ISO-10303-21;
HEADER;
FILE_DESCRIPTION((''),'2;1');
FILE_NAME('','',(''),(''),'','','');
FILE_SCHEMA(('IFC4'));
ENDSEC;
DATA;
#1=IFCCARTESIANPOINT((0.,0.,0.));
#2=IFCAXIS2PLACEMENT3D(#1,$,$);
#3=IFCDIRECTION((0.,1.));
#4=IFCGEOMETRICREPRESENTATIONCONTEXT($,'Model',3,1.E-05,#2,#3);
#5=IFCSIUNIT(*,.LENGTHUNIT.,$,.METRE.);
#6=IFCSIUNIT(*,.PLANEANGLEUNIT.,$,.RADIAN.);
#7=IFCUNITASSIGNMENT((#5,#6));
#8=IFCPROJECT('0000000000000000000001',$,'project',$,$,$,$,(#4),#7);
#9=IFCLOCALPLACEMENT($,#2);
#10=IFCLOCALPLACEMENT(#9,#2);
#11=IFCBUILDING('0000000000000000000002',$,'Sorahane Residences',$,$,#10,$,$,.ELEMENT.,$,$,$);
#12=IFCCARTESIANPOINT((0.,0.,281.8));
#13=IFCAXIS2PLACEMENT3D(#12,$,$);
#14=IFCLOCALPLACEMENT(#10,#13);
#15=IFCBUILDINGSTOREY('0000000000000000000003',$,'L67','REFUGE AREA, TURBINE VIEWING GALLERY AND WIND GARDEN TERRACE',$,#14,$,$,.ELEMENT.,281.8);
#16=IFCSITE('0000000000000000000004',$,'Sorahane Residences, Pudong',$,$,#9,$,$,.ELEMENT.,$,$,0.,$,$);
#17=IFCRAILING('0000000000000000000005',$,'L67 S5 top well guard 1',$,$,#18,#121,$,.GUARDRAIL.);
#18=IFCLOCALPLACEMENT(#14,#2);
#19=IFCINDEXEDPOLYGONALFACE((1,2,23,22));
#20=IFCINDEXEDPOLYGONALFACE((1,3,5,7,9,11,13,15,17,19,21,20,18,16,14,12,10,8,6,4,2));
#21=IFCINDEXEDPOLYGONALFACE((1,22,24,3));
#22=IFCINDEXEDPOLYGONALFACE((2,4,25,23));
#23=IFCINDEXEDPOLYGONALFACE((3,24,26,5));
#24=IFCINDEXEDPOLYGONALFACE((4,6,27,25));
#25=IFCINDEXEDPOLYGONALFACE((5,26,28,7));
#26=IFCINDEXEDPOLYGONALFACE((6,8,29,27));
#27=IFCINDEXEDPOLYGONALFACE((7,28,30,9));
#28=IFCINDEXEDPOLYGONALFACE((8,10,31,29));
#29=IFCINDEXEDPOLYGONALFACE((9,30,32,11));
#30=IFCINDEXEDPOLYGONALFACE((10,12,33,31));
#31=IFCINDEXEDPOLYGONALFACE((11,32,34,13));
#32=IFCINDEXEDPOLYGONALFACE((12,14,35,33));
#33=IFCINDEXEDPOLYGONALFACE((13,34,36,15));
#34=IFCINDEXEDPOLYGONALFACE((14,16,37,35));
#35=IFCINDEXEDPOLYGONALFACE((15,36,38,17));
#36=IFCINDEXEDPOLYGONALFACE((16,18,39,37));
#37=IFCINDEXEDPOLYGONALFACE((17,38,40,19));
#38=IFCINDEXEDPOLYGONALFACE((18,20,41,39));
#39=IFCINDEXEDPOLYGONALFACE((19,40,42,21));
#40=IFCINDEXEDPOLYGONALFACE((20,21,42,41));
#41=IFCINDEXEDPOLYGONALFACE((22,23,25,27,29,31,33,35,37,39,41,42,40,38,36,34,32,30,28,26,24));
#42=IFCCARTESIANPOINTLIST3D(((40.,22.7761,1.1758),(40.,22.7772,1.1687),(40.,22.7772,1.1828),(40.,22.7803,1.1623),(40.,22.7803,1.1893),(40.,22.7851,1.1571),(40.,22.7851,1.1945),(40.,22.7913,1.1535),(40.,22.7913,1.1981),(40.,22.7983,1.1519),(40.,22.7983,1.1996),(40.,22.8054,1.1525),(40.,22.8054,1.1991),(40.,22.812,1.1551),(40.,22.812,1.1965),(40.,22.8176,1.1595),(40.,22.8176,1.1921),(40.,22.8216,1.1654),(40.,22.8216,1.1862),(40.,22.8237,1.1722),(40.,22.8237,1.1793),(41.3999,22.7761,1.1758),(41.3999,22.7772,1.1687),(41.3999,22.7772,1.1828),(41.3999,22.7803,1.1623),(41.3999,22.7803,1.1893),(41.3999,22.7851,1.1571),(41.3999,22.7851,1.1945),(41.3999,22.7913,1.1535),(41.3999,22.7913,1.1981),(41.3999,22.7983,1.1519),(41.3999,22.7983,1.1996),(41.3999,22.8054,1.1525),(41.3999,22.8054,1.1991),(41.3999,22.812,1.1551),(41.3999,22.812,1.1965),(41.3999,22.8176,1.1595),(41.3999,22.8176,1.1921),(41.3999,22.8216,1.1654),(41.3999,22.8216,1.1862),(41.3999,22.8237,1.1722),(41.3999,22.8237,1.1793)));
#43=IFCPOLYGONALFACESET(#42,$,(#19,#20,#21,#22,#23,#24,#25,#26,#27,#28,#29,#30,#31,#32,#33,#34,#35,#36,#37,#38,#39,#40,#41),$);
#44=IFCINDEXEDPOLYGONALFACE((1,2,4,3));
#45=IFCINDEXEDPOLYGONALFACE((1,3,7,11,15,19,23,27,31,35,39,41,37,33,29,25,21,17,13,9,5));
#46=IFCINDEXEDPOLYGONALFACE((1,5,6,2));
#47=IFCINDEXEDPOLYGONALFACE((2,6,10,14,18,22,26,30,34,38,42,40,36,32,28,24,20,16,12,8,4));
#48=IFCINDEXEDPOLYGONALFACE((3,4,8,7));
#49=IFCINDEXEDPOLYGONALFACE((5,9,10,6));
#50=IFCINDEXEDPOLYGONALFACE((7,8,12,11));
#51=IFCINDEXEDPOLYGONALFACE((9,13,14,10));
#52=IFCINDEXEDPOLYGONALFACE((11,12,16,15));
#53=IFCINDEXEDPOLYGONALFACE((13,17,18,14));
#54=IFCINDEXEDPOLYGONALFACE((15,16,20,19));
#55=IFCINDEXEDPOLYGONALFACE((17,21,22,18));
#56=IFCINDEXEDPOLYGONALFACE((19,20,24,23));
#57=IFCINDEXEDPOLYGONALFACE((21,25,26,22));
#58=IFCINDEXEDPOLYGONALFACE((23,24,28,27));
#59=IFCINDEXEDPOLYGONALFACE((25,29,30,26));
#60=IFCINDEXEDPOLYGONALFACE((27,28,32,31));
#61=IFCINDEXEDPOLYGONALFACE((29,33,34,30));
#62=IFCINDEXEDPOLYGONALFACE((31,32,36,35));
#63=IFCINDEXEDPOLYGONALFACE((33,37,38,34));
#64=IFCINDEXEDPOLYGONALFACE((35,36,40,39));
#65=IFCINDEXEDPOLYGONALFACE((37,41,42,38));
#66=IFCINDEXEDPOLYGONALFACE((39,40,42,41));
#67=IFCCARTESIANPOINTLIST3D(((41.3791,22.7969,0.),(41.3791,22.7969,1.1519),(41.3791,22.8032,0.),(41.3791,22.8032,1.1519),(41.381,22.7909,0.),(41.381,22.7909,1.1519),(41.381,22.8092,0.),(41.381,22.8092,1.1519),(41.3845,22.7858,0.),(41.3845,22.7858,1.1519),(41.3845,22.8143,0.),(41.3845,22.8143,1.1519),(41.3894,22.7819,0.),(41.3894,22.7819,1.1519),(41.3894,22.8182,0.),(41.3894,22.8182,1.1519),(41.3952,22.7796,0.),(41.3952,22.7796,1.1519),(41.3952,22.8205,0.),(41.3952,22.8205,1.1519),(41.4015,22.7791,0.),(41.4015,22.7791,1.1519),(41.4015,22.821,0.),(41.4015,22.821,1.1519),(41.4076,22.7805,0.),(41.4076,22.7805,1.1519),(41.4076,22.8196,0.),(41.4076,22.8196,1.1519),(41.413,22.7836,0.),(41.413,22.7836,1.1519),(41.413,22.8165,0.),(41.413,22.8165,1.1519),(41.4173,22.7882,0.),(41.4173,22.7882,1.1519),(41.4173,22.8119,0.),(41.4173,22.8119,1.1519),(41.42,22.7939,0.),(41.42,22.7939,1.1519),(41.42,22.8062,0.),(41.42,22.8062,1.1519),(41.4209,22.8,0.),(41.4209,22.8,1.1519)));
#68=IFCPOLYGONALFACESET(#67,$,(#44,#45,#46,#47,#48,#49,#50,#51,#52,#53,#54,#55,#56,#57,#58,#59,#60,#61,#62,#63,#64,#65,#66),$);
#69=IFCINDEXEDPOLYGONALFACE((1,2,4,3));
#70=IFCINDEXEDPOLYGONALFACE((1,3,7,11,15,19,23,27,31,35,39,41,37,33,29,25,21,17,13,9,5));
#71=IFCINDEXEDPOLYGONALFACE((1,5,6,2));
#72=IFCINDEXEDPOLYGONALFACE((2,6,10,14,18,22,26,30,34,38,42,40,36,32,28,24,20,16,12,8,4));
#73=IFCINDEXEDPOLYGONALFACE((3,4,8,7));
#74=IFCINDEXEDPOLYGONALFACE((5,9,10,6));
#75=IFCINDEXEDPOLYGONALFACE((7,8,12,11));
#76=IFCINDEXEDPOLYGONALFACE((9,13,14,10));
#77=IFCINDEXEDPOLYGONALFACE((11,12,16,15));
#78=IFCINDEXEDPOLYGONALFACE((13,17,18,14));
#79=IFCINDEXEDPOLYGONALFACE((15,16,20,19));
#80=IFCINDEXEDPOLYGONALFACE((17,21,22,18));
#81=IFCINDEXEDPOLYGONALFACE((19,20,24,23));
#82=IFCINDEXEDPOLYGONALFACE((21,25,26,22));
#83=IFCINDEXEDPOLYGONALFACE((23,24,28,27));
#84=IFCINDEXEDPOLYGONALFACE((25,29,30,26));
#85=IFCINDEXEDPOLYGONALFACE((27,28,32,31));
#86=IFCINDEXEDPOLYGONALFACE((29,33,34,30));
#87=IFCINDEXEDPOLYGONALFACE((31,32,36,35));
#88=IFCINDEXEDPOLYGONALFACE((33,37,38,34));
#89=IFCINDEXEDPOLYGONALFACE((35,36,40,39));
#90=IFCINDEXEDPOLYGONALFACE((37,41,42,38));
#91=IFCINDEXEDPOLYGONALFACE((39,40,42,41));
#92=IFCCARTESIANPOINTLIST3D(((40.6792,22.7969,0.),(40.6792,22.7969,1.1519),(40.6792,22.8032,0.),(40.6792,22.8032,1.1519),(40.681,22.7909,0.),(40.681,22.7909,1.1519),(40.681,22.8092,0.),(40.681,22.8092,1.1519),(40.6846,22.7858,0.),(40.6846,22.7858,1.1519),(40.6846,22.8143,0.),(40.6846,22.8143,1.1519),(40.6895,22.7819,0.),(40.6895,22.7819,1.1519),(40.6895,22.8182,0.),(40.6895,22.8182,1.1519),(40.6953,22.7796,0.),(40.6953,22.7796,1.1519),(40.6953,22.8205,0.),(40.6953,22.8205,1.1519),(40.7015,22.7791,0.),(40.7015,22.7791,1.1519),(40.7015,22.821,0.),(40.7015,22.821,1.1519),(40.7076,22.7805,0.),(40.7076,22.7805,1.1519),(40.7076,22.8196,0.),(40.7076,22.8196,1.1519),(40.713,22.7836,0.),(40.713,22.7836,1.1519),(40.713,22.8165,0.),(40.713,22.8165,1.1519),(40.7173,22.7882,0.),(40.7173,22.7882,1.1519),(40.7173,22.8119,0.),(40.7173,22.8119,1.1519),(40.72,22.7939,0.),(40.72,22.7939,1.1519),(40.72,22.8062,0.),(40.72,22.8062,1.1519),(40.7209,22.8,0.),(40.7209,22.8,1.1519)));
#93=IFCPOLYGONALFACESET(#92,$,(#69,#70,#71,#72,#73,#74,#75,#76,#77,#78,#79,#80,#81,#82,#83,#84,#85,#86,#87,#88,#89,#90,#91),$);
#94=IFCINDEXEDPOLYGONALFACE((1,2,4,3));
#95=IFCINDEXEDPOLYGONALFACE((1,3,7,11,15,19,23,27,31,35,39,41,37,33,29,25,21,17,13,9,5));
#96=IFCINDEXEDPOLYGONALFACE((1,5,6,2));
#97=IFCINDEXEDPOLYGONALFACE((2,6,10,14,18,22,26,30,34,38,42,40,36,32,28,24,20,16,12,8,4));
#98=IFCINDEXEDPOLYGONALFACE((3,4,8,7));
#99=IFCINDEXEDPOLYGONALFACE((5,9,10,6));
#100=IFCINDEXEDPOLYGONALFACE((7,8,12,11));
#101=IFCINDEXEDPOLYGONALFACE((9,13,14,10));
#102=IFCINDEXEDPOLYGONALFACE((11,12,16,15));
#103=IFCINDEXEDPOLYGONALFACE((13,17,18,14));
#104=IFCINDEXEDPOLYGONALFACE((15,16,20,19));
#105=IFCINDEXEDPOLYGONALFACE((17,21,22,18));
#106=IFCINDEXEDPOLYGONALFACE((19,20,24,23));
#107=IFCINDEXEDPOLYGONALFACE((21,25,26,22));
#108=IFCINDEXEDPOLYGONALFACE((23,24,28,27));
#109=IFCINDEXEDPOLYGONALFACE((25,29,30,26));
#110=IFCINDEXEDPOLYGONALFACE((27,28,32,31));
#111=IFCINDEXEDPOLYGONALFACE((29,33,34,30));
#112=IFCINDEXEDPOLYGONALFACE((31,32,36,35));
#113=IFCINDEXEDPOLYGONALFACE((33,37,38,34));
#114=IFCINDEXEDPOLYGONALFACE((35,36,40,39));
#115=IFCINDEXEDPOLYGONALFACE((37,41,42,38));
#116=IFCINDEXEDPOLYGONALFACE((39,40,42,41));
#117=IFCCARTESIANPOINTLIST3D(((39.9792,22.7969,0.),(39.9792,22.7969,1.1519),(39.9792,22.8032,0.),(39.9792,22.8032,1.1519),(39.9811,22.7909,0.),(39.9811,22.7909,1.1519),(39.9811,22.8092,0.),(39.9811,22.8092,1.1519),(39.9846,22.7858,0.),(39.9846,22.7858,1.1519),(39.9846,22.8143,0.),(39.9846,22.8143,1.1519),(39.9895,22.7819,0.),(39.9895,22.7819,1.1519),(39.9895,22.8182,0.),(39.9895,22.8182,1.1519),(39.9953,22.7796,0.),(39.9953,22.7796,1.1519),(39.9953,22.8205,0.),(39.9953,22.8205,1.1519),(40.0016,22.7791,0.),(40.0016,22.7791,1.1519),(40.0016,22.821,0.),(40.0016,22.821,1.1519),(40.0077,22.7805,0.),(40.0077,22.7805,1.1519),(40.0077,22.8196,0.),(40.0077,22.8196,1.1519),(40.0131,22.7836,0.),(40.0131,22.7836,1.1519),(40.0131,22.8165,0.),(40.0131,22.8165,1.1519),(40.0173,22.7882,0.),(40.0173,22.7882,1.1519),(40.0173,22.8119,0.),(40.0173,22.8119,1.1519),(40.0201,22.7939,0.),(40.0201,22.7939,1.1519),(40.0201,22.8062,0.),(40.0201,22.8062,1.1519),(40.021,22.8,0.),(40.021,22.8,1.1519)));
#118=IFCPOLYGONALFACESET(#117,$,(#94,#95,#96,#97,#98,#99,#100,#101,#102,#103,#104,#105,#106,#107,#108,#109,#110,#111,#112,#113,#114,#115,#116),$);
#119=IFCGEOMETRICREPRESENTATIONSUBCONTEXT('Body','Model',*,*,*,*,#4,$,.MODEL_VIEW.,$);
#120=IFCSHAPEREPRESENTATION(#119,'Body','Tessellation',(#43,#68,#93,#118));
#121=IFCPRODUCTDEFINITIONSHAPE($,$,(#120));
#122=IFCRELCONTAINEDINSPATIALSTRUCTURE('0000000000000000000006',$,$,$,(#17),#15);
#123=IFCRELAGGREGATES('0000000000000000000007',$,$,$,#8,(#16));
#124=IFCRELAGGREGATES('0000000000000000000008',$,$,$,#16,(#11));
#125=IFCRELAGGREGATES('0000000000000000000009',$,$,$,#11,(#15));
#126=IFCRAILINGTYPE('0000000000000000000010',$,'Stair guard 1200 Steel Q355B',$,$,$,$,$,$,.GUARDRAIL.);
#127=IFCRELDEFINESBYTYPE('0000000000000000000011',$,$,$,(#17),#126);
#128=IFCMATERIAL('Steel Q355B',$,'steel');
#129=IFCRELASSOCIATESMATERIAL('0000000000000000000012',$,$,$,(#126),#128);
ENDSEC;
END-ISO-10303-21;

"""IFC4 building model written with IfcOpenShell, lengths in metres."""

from ifc_helpers import new_model, si_unit, direction, frame, origin, origin_2d, place, context, subcontext, project, spatial, circle, extrude, material, type_object, element, save


model = new_model("IFC4")

# Units and contexts
model_context = context("Model", 3, precision=1e-05, world=origin(), true_north=direction((0.0, 1.0)))
body_context = subcontext(model_context, "Body", "Model", "MODEL_VIEW")
ifc_project = project(units=[si_unit("LENGTHUNIT", "METRE"), si_unit("PLANEANGLEUNIT", "RADIAN")], contexts=[model_context])

# Site, building, storey
site_placement = place(None, origin())
site = spatial("IfcSite", under=ifc_project, at=site_placement, Name="Sorahane Residences, Pudong", CompositionType="ELEMENT", RefElevation=0.0)
building_placement = place(site_placement, origin())
building = spatial("IfcBuilding", under=site, at=building_placement, Name="Sorahane Residences", CompositionType="ELEMENT")
storey_placement = place(building_placement, frame((0.0, 0.0, 281.8)))
storey = spatial("IfcBuildingStorey", under=building, at=storey_placement, Name="L67", Description="REFUGE AREA, TURBINE VIEWING GALLERY AND WIND GARDEN TERRACE", CompositionType="ELEMENT", Elevation=281.8)

# Railing
ifc_material_1 = material(Name="Steel Q355B", Category="steel")
railing_type_1 = type_object("IfcRailingType", Name="Stair guard 1200 Steel Q355B", PredefinedType="GUARDRAIL", material=ifc_material_1)
railing_1_placement = place(storey_placement, frame((41.3999, 22.8, 0.0)))
element("IfcRailing", 1, at=railing_1_placement, inside=storey, type_object=railing_type_1, Name="L67 S5 top well guard 1", PredefinedType="GUARDRAIL", context=body_context, shape_type="SweptSolid", body=[
    extrude(circle(Radius=0.0239, at=origin_2d()), frame((0.0, 0.0, 1.1758), z_axis=(-1.0, 0.0, 0.0), x_axis=(0.0, -1.0, 0.0)), (0.0, 0.0, 1.0), 1.3999),
    extrude(circle(Radius=0.021, at=origin_2d()), origin(), (0.0, 0.0, 1.0), 1.1519),
    extrude(circle(Radius=0.021, at=origin_2d()), frame((-0.7, 0.0, 0.0)), (0.0, 0.0, 1.0), 1.1519),
    extrude(circle(Radius=0.021, at=origin_2d()), frame((-1.3999, 0.0, 0.0)), (0.0, 0.0, 1.0), 1.1519),
])

save(model, "model.ifc")
